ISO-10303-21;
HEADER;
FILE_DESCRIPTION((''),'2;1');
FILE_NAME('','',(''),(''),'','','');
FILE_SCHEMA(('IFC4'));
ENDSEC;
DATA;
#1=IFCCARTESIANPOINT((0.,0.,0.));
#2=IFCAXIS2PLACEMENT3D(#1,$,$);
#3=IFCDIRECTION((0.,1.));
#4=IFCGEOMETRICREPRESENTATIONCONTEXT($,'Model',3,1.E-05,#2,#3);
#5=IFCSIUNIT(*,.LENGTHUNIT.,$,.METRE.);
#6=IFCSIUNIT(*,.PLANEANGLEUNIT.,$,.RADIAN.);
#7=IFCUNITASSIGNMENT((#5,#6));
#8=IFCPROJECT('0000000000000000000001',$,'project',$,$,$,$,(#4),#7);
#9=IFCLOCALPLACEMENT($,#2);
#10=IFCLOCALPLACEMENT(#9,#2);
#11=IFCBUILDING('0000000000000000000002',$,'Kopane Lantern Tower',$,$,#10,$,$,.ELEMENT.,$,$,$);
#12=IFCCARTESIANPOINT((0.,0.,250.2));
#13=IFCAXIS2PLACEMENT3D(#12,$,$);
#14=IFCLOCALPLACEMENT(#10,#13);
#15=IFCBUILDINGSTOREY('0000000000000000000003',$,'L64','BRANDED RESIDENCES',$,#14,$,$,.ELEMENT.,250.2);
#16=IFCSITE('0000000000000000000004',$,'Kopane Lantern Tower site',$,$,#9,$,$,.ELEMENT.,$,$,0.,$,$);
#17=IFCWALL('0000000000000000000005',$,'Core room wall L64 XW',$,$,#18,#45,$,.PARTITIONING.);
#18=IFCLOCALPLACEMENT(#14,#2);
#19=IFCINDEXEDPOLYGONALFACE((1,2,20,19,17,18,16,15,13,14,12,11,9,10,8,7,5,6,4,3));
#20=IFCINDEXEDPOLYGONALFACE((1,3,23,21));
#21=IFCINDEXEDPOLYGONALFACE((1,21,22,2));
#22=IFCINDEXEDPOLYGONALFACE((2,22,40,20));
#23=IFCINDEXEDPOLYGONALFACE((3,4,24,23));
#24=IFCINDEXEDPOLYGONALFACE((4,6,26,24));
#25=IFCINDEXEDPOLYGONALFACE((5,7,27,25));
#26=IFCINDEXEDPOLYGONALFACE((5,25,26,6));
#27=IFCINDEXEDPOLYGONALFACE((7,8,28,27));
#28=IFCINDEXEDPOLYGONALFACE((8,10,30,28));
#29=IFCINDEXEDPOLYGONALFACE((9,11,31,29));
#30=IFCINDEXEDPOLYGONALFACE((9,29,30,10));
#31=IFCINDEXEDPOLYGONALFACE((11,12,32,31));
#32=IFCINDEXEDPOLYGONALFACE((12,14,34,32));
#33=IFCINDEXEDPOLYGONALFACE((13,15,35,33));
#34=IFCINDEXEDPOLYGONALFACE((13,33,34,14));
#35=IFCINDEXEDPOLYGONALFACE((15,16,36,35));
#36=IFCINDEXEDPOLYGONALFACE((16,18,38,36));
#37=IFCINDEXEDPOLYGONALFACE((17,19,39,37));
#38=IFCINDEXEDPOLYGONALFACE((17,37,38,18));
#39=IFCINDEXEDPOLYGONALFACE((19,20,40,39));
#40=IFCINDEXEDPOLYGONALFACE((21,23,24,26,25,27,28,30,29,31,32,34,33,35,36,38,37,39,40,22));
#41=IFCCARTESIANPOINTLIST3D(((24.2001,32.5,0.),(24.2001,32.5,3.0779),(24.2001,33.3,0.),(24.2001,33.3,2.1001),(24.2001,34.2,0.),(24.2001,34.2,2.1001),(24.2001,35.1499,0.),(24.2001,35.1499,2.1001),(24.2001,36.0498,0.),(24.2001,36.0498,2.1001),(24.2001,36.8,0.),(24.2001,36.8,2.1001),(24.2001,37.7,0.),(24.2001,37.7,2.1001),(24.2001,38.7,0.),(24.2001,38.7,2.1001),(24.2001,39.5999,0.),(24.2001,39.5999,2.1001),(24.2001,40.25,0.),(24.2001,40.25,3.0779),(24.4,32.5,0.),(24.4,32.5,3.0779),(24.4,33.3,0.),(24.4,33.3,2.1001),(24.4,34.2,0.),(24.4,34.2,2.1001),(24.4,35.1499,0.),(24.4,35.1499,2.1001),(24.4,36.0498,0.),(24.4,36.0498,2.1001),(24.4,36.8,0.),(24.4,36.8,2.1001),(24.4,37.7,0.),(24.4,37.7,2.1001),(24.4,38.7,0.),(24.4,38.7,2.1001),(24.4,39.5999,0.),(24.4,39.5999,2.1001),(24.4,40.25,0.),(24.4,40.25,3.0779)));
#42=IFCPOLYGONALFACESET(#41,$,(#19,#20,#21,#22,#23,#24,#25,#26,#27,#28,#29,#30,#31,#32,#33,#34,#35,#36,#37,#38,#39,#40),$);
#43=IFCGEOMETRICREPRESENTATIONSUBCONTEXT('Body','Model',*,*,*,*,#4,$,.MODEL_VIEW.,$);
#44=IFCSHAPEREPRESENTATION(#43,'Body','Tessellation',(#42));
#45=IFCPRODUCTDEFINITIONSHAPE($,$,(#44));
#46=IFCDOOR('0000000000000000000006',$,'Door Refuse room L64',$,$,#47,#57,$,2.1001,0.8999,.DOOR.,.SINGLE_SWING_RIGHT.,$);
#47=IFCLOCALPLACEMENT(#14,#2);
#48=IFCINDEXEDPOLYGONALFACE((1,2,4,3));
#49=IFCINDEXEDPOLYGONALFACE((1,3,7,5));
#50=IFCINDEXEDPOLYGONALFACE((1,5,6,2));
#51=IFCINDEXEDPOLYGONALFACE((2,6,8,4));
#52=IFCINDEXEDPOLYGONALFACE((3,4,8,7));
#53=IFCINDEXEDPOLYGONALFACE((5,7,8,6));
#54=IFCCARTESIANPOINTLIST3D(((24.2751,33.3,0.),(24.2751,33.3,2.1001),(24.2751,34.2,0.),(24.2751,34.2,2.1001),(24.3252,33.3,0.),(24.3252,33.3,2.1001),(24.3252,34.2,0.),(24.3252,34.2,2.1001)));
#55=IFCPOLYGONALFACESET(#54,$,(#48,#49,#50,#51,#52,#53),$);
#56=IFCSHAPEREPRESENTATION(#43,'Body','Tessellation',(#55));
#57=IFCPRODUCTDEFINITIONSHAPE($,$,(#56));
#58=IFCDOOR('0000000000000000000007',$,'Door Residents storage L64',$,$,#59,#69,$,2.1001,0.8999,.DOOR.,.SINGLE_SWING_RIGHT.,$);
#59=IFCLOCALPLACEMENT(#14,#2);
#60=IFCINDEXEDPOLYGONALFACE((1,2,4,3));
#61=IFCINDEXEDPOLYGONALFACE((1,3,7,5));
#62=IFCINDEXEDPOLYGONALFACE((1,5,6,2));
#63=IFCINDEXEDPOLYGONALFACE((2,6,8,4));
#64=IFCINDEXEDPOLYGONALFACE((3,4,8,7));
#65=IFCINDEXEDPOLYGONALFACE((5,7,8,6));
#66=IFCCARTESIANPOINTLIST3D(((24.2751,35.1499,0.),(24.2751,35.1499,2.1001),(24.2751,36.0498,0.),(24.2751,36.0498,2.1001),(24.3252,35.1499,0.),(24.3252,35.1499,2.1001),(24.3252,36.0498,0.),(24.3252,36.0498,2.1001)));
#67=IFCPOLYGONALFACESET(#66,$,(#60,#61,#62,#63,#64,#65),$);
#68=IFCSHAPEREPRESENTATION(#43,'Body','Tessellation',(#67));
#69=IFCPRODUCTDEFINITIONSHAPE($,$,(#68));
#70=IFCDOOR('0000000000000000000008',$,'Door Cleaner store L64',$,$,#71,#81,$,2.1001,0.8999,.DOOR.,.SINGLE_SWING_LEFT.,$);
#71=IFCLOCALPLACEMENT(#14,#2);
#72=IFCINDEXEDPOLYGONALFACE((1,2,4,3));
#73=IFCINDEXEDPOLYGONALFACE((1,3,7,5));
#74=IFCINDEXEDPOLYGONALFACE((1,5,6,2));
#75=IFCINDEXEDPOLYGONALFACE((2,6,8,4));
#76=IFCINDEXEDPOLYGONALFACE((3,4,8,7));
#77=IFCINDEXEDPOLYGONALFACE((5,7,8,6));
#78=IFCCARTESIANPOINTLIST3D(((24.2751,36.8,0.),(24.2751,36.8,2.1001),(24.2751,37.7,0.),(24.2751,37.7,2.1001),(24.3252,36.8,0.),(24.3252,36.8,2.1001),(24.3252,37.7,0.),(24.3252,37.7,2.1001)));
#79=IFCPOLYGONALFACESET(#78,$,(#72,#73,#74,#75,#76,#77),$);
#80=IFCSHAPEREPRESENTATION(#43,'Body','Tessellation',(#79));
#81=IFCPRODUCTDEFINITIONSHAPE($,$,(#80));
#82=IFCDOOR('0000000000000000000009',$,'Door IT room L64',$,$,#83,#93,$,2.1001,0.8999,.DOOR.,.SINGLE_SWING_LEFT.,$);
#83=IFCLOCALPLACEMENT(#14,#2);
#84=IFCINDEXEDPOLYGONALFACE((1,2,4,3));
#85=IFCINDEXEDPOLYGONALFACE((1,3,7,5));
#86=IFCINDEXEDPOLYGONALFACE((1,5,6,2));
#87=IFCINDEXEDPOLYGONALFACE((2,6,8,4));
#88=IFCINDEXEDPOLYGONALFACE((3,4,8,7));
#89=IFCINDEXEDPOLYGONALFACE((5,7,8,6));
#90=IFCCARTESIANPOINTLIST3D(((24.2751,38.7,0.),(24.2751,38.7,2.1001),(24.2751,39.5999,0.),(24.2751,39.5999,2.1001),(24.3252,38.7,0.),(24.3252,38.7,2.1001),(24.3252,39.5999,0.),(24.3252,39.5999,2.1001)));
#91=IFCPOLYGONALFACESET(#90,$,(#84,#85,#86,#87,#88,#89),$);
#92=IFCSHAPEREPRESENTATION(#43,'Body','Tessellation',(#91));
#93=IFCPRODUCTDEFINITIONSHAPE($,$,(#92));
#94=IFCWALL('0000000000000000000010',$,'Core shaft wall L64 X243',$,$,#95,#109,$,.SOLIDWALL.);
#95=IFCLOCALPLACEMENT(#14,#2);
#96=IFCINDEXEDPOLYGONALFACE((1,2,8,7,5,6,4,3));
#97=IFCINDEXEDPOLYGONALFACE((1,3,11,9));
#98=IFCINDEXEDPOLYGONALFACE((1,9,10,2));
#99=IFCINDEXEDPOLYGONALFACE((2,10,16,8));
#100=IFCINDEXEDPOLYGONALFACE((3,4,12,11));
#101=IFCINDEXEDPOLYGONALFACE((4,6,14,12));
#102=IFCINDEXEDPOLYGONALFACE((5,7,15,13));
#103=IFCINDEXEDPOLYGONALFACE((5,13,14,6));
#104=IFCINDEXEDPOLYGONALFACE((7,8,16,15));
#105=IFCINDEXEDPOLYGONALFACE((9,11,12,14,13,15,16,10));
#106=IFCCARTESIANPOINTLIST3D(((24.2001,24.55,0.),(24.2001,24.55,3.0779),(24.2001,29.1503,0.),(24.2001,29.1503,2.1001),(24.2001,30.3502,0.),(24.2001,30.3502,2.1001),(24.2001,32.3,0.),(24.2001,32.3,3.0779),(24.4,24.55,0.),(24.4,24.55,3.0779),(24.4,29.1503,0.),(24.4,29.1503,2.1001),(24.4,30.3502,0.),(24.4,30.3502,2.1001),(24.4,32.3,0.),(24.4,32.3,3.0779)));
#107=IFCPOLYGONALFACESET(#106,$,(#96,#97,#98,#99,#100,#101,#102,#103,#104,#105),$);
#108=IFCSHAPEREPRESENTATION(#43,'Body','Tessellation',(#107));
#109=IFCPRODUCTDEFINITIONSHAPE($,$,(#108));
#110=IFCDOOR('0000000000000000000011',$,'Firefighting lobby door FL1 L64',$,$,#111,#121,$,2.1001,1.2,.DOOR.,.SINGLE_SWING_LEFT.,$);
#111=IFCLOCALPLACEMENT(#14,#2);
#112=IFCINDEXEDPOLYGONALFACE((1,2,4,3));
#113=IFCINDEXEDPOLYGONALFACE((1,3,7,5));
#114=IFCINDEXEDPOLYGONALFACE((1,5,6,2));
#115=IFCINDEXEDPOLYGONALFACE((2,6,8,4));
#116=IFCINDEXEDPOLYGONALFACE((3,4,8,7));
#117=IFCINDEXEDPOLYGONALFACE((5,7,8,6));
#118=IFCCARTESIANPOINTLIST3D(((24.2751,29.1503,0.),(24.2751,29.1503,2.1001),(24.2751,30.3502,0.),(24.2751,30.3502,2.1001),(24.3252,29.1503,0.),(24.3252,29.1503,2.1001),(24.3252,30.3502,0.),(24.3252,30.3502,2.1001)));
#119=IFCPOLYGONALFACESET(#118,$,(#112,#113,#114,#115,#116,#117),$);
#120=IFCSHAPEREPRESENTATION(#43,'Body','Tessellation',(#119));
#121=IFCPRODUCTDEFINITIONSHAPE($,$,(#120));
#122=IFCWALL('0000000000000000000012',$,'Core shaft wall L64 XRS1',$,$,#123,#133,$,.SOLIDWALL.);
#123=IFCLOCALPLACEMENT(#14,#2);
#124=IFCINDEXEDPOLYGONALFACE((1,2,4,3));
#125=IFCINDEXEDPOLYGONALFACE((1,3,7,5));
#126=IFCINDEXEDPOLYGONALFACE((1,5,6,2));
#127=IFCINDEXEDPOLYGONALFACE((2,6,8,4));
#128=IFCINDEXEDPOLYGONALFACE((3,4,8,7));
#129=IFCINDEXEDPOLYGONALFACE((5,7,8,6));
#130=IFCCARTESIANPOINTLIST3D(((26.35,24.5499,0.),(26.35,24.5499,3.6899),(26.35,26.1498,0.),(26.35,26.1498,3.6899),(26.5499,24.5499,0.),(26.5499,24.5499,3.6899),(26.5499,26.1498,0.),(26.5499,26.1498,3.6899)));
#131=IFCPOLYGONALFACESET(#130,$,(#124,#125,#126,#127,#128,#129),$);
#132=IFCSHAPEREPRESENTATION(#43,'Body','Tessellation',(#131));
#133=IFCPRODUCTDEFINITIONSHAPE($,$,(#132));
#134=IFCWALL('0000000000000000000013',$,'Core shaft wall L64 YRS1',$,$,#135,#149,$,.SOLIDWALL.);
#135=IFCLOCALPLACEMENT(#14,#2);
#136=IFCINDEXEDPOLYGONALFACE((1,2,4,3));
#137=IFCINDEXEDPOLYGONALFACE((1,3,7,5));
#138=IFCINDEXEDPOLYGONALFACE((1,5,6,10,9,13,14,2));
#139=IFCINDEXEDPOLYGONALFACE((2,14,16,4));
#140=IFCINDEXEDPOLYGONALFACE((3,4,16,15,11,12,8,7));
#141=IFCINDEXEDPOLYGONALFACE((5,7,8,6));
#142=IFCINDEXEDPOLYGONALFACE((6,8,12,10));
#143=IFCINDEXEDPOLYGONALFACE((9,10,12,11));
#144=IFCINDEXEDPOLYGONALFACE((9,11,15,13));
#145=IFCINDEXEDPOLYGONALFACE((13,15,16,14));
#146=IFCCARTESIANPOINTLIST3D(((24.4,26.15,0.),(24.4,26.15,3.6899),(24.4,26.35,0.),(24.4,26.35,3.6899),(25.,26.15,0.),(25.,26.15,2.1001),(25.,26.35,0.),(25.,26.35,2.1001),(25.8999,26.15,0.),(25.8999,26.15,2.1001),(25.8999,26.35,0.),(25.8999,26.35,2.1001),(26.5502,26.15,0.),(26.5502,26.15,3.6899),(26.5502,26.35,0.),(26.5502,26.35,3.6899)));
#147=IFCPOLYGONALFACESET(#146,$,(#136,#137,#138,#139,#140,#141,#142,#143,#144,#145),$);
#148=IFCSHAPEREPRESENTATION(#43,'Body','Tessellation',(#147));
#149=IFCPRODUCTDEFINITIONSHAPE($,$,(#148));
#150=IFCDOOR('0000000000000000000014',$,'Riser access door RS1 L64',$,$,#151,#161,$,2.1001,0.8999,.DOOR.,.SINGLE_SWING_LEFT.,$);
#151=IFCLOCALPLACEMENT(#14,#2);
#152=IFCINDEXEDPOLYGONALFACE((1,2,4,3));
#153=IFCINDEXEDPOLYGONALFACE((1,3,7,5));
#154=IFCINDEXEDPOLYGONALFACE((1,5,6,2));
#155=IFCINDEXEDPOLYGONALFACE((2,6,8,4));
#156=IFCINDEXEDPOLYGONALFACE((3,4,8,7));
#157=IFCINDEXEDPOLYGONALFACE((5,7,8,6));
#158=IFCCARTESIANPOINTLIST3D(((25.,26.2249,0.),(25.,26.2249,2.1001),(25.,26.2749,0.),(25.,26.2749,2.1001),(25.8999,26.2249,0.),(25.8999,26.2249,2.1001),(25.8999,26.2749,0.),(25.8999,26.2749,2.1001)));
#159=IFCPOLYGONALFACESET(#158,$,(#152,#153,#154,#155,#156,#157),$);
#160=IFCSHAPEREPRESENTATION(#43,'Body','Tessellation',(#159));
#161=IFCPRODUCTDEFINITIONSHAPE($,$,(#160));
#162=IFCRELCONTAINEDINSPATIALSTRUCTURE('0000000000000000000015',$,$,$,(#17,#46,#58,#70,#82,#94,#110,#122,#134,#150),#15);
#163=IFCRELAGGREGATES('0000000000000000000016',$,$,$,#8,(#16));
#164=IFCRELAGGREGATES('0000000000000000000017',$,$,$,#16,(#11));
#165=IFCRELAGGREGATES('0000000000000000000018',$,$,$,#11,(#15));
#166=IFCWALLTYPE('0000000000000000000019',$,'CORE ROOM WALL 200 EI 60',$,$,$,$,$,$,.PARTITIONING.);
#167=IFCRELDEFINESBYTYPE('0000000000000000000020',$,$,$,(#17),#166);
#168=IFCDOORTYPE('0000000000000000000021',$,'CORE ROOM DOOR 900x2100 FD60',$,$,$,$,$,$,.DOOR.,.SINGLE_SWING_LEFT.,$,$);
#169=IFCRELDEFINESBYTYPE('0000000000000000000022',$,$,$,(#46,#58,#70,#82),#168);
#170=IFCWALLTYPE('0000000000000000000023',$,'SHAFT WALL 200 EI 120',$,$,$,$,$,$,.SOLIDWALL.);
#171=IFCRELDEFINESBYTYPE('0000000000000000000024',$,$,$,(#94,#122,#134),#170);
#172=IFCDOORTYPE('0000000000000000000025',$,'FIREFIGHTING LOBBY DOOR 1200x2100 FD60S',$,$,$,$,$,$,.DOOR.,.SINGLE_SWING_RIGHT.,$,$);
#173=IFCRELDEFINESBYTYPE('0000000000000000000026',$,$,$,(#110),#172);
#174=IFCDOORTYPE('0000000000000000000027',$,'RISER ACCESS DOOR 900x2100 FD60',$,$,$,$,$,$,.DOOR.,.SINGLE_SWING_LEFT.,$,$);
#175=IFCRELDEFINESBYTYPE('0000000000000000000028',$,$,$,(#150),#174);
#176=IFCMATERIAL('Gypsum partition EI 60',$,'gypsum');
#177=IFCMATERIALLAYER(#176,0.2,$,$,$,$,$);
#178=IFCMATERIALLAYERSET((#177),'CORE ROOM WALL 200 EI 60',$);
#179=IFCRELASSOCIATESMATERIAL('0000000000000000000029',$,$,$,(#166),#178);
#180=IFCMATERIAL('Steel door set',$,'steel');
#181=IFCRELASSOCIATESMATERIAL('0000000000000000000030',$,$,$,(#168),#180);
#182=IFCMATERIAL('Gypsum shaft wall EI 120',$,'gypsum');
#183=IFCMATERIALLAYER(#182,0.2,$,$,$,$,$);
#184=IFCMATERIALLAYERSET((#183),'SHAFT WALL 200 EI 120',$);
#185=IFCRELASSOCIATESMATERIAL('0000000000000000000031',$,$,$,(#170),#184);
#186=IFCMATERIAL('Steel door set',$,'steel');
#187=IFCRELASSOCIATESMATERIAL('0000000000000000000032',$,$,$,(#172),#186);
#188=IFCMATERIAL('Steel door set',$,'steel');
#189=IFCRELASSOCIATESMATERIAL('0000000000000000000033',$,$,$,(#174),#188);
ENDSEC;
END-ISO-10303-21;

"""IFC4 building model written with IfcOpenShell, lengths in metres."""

from ifc_helpers import new_model, si_unit, direction, frame, frame_2d, origin, place, context, subcontext, project, spatial, rectangle, extrude, material, layer, layer_set, type_object, element, fill, save


model = new_model("IFC4")

# Units and contexts
model_context = context("Model", 3, precision=1e-05, world=origin(), true_north=direction((0.0, 1.0)))
body_context = subcontext(model_context, "Body", "Model", "MODEL_VIEW")
ifc_project = project(units=[si_unit("LENGTHUNIT", "METRE"), si_unit("PLANEANGLEUNIT", "RADIAN")], contexts=[model_context])

# Site, building, storey
site_placement = place(None, origin())
site = spatial("IfcSite", under=ifc_project, at=site_placement, Name="Kopane Lantern Tower site", CompositionType="ELEMENT", RefElevation=0.0)
building_placement = place(site_placement, origin())
building = spatial("IfcBuilding", under=site, at=building_placement, Name="Kopane Lantern Tower", CompositionType="ELEMENT")
storey_placement = place(building_placement, frame((0.0, 0.0, 250.2)))
storey = spatial("IfcBuildingStorey", under=building, at=storey_placement, Name="L64", Description="BRANDED RESIDENCES", CompositionType="ELEMENT", Elevation=250.2)

# Wall, openings, doors
ifc_material_1 = material(Name="Gypsum partition EI 60", Category="gypsum")
ifc_layer_1 = layer(ifc_material_1, 0.2)
ifc_layer_set_1 = layer_set([ifc_layer_1], Name="CORE ROOM WALL 200 EI 60")
wall_type_1 = type_object("IfcWallType", Name="CORE ROOM WALL 200 EI 60", PredefinedType="PARTITIONING", material=ifc_layer_set_1)
wall_1_placement = place(storey_placement, frame((24.3, 32.5, 0.0), z_axis=(0.0, 0.0, 1.0), x_axis=(0.0, 1.0, 0.0)))
wall_1 = element("IfcWall", 1, at=wall_1_placement, inside=storey, type_object=wall_type_1, Name="Core room wall L64 XW", PredefinedType="PARTITIONING", context=body_context, shape_type="SweptSolid", body=[
    extrude(rectangle(XDim=7.75, YDim=0.2, at=frame_2d((3.875, 0.0))), origin(), (0.0, 0.0, 1.0), 3.0779),
])
opening_1_placement = place(wall_1_placement, frame((0.8, 0.0, 0.0)))
opening_1 = element("IfcOpeningElement", 2, at=opening_1_placement, cuts=wall_1, PredefinedType="OPENING", context=body_context, shape_type="SweptSolid", body=[
    extrude(rectangle(XDim=0.8999, YDim=2.1001, at=frame_2d((0.45, 1.05))), frame((0.0, 0.1099, 0.0), z_axis=(0.0, -1.0, 0.0), x_axis=(1.0, 0.0, 0.0)), (0.0, 0.0, 1.0), 0.22),
])
opening_2_placement = place(wall_1_placement, frame((2.6499, 0.0, 0.0)))
opening_2 = element("IfcOpeningElement", 3, at=opening_2_placement, cuts=wall_1, PredefinedType="OPENING", context=body_context, shape_type="SweptSolid", body=[
    extrude(rectangle(XDim=0.8999, YDim=2.1001, at=frame_2d((0.45, 1.05))), frame((0.0, 0.1099, 0.0), z_axis=(0.0, -1.0, 0.0), x_axis=(1.0, 0.0, 0.0)), (0.0, 0.0, 1.0), 0.22),
])
opening_3_placement = place(wall_1_placement, frame((4.3, 0.0, 0.0)))
opening_3 = element("IfcOpeningElement", 4, at=opening_3_placement, cuts=wall_1, PredefinedType="OPENING", context=body_context, shape_type="SweptSolid", body=[
    extrude(rectangle(XDim=0.8999, YDim=2.1001, at=frame_2d((0.45, 1.05))), frame((0.0, 0.1099, 0.0), z_axis=(0.0, -1.0, 0.0), x_axis=(1.0, 0.0, 0.0)), (0.0, 0.0, 1.0), 0.22),
])
opening_4_placement = place(wall_1_placement, frame((6.2, 0.0, 0.0)))
opening_4 = element("IfcOpeningElement", 5, at=opening_4_placement, cuts=wall_1, PredefinedType="OPENING", context=body_context, shape_type="SweptSolid", body=[
    extrude(rectangle(XDim=0.8999, YDim=2.1001, at=frame_2d((0.45, 1.05))), frame((0.0, 0.1099, 0.0), z_axis=(0.0, -1.0, 0.0), x_axis=(1.0, 0.0, 0.0)), (0.0, 0.0, 1.0), 0.22),
])
ifc_material_2 = material(Name="Steel door set", Category="steel")
door_type_1 = type_object("IfcDoorType", Name="CORE ROOM DOOR 900x2100 FD60", OperationType="SINGLE_SWING_LEFT", PredefinedType="DOOR", material=ifc_material_2)
door_1_placement = place(opening_1_placement, origin())
door_1 = element("IfcDoor", 6, at=door_1_placement, inside=storey, type_object=door_type_1, Name="Door Refuse room L64", OperationType="SINGLE_SWING_RIGHT", OverallHeight=2.1001, OverallWidth=0.8999, PredefinedType="DOOR", context=body_context, shape_type="SweptSolid", body=[
    extrude(rectangle(XDim=0.8999, YDim=2.1001, at=frame_2d((0.45, 1.05))), frame((0.0, 0.0249, 0.0), z_axis=(0.0, -1.0, 0.0), x_axis=(1.0, 0.0, 0.0)), (0.0, 0.0, 1.0), 0.05),
])
fill(opening_1, door_1)
door_2_placement = place(opening_2_placement, origin())
door_2 = element("IfcDoor", 7, at=door_2_placement, inside=storey, type_object=door_type_1, Name="Door Residents storage L64", OperationType="SINGLE_SWING_RIGHT", OverallHeight=2.1001, OverallWidth=0.8999, PredefinedType="DOOR", context=body_context, shape_type="SweptSolid", body=[
    extrude(rectangle(XDim=0.8999, YDim=2.1001, at=frame_2d((0.45, 1.05))), frame((0.0, 0.0249, 0.0), z_axis=(0.0, -1.0, 0.0), x_axis=(1.0, 0.0, 0.0)), (0.0, 0.0, 1.0), 0.05),
])
fill(opening_2, door_2)
door_3_placement = place(opening_3_placement, origin())
door_3 = element("IfcDoor", 8, at=door_3_placement, inside=storey, type_object=door_type_1, Name="Door Cleaner store L64", OperationType="SINGLE_SWING_LEFT", OverallHeight=2.1001, OverallWidth=0.8999, PredefinedType="DOOR", context=body_context, shape_type="SweptSolid", body=[
    extrude(rectangle(XDim=0.8999, YDim=2.1001, at=frame_2d((0.45, 1.05))), frame((0.0, 0.0249, 0.0), z_axis=(0.0, -1.0, 0.0), x_axis=(1.0, 0.0, 0.0)), (0.0, 0.0, 1.0), 0.05),
])
fill(opening_3, door_3)
door_4_placement = place(opening_4_placement, origin())
door_4 = element("IfcDoor", 9, at=door_4_placement, inside=storey, type_object=door_type_1, Name="Door IT room L64", OperationType="SINGLE_SWING_LEFT", OverallHeight=2.1001, OverallWidth=0.8999, PredefinedType="DOOR", context=body_context, shape_type="SweptSolid", body=[
    extrude(rectangle(XDim=0.8999, YDim=2.1001, at=frame_2d((0.45, 1.05))), frame((0.0, 0.0249, 0.0), z_axis=(0.0, -1.0, 0.0), x_axis=(1.0, 0.0, 0.0)), (0.0, 0.0, 1.0), 0.05),
])
fill(opening_4, door_4)

# Wall, opening, door
ifc_material_3 = material(Name="Gypsum shaft wall EI 120", Category="gypsum")
ifc_layer_2 = layer(ifc_material_3, 0.2)
ifc_layer_set_2 = layer_set([ifc_layer_2], Name="SHAFT WALL 200 EI 120")
wall_type_2 = type_object("IfcWallType", Name="SHAFT WALL 200 EI 120", PredefinedType="SOLIDWALL", material=ifc_layer_set_2)
wall_2_placement = place(storey_placement, frame((24.3, 24.55, 0.0), z_axis=(0.0, 0.0, 1.0), x_axis=(0.0, 1.0, 0.0)))
wall_2 = element("IfcWall", 10, at=wall_2_placement, inside=storey, type_object=wall_type_2, Name="Core shaft wall L64 X243", PredefinedType="SOLIDWALL", context=body_context, shape_type="SweptSolid", body=[
    extrude(rectangle(XDim=7.75, YDim=0.2, at=frame_2d((3.875, 0.0))), origin(), (0.0, 0.0, 1.0), 3.0779),
])
opening_5_placement = place(wall_2_placement, frame((4.6001, 0.0, 0.0)))
opening_5 = element("IfcOpeningElement", 11, at=opening_5_placement, cuts=wall_2, PredefinedType="OPENING", context=body_context, shape_type="SweptSolid", body=[
    extrude(rectangle(XDim=1.2, YDim=2.1001, at=frame_2d((0.6001, 1.05))), frame((0.0, 0.1099, 0.0), z_axis=(0.0, -1.0, 0.0), x_axis=(1.0, 0.0, 0.0)), (0.0, 0.0, 1.0), 0.22),
])
ifc_material_4 = material(Name="Steel door set", Category="steel")
door_type_2 = type_object("IfcDoorType", Name="FIREFIGHTING LOBBY DOOR 1200x2100 FD60S", OperationType="SINGLE_SWING_RIGHT", PredefinedType="DOOR", material=ifc_material_4)
door_5_placement = place(opening_5_placement, origin())
door_5 = element("IfcDoor", 12, at=door_5_placement, inside=storey, type_object=door_type_2, Name="Firefighting lobby door FL1 L64", OperationType="SINGLE_SWING_LEFT", OverallHeight=2.1001, OverallWidth=1.2, PredefinedType="DOOR", context=body_context, shape_type="SweptSolid", body=[
    extrude(rectangle(XDim=1.2, YDim=2.1001, at=frame_2d((0.6001, 1.05))), frame((0.0, 0.0249, 0.0), z_axis=(0.0, -1.0, 0.0), x_axis=(1.0, 0.0, 0.0)), (0.0, 0.0, 1.0), 0.05),
])
fill(opening_5, door_5)

# Wall
wall_3_placement = place(storey_placement, frame((26.45, 24.55, 0.0), z_axis=(0.0, 0.0, 1.0), x_axis=(0.0, 1.0, 0.0)))
element("IfcWall", 13, at=wall_3_placement, inside=storey, type_object=wall_type_2, Name="Core shaft wall L64 XRS1", PredefinedType="SOLIDWALL", context=body_context, shape_type="SweptSolid", body=[
    extrude(rectangle(XDim=1.5999, YDim=0.2, at=frame_2d((0.7998, 0.0))), origin(), (0.0, 0.0, 1.0), 3.6899),
])

# Wall, opening, door
wall_4_placement = place(storey_placement, frame((24.3999, 26.25, 0.0), z_axis=(0.0, 0.0, 1.0), x_axis=(1.0, 0.0, 0.0)))
wall_4 = element("IfcWall", 14, at=wall_4_placement, inside=storey, type_object=wall_type_2, Name="Core shaft wall L64 YRS1", PredefinedType="SOLIDWALL", context=body_context, shape_type="SweptSolid", body=[
    extrude(rectangle(XDim=2.1501, YDim=0.2, at=frame_2d((1.0752, 0.0))), origin(), (0.0, 0.0, 1.0), 3.6899),
])
opening_6_placement = place(wall_4_placement, frame((0.6001, 0.0, 0.0)))
opening_6 = element("IfcOpeningElement", 15, at=opening_6_placement, cuts=wall_4, PredefinedType="OPENING", context=body_context, shape_type="SweptSolid", body=[
    extrude(rectangle(XDim=0.8999, YDim=2.1001, at=frame_2d((0.45, 1.05))), frame((0.0, 0.1099, 0.0), z_axis=(0.0, -1.0, 0.0), x_axis=(1.0, 0.0, 0.0)), (0.0, 0.0, 1.0), 0.22),
])
ifc_material_5 = material(Name="Steel door set", Category="steel")
door_type_3 = type_object("IfcDoorType", Name="RISER ACCESS DOOR 900x2100 FD60", OperationType="SINGLE_SWING_LEFT", PredefinedType="DOOR", material=ifc_material_5)
door_6_placement = place(opening_6_placement, origin())
door_6 = element("IfcDoor", 16, at=door_6_placement, inside=storey, type_object=door_type_3, Name="Riser access door RS1 L64", OperationType="SINGLE_SWING_LEFT", OverallHeight=2.1001, OverallWidth=0.8999, PredefinedType="DOOR", context=body_context, shape_type="SweptSolid", body=[
    extrude(rectangle(XDim=0.8999, YDim=2.1001, at=frame_2d((0.45, 1.05))), frame((0.0, 0.0249, 0.0), z_axis=(0.0, -1.0, 0.0), x_axis=(1.0, 0.0, 0.0)), (0.0, 0.0, 1.0), 0.05),
])
fill(opening_6, door_6)

save(model, "model.ifc")
